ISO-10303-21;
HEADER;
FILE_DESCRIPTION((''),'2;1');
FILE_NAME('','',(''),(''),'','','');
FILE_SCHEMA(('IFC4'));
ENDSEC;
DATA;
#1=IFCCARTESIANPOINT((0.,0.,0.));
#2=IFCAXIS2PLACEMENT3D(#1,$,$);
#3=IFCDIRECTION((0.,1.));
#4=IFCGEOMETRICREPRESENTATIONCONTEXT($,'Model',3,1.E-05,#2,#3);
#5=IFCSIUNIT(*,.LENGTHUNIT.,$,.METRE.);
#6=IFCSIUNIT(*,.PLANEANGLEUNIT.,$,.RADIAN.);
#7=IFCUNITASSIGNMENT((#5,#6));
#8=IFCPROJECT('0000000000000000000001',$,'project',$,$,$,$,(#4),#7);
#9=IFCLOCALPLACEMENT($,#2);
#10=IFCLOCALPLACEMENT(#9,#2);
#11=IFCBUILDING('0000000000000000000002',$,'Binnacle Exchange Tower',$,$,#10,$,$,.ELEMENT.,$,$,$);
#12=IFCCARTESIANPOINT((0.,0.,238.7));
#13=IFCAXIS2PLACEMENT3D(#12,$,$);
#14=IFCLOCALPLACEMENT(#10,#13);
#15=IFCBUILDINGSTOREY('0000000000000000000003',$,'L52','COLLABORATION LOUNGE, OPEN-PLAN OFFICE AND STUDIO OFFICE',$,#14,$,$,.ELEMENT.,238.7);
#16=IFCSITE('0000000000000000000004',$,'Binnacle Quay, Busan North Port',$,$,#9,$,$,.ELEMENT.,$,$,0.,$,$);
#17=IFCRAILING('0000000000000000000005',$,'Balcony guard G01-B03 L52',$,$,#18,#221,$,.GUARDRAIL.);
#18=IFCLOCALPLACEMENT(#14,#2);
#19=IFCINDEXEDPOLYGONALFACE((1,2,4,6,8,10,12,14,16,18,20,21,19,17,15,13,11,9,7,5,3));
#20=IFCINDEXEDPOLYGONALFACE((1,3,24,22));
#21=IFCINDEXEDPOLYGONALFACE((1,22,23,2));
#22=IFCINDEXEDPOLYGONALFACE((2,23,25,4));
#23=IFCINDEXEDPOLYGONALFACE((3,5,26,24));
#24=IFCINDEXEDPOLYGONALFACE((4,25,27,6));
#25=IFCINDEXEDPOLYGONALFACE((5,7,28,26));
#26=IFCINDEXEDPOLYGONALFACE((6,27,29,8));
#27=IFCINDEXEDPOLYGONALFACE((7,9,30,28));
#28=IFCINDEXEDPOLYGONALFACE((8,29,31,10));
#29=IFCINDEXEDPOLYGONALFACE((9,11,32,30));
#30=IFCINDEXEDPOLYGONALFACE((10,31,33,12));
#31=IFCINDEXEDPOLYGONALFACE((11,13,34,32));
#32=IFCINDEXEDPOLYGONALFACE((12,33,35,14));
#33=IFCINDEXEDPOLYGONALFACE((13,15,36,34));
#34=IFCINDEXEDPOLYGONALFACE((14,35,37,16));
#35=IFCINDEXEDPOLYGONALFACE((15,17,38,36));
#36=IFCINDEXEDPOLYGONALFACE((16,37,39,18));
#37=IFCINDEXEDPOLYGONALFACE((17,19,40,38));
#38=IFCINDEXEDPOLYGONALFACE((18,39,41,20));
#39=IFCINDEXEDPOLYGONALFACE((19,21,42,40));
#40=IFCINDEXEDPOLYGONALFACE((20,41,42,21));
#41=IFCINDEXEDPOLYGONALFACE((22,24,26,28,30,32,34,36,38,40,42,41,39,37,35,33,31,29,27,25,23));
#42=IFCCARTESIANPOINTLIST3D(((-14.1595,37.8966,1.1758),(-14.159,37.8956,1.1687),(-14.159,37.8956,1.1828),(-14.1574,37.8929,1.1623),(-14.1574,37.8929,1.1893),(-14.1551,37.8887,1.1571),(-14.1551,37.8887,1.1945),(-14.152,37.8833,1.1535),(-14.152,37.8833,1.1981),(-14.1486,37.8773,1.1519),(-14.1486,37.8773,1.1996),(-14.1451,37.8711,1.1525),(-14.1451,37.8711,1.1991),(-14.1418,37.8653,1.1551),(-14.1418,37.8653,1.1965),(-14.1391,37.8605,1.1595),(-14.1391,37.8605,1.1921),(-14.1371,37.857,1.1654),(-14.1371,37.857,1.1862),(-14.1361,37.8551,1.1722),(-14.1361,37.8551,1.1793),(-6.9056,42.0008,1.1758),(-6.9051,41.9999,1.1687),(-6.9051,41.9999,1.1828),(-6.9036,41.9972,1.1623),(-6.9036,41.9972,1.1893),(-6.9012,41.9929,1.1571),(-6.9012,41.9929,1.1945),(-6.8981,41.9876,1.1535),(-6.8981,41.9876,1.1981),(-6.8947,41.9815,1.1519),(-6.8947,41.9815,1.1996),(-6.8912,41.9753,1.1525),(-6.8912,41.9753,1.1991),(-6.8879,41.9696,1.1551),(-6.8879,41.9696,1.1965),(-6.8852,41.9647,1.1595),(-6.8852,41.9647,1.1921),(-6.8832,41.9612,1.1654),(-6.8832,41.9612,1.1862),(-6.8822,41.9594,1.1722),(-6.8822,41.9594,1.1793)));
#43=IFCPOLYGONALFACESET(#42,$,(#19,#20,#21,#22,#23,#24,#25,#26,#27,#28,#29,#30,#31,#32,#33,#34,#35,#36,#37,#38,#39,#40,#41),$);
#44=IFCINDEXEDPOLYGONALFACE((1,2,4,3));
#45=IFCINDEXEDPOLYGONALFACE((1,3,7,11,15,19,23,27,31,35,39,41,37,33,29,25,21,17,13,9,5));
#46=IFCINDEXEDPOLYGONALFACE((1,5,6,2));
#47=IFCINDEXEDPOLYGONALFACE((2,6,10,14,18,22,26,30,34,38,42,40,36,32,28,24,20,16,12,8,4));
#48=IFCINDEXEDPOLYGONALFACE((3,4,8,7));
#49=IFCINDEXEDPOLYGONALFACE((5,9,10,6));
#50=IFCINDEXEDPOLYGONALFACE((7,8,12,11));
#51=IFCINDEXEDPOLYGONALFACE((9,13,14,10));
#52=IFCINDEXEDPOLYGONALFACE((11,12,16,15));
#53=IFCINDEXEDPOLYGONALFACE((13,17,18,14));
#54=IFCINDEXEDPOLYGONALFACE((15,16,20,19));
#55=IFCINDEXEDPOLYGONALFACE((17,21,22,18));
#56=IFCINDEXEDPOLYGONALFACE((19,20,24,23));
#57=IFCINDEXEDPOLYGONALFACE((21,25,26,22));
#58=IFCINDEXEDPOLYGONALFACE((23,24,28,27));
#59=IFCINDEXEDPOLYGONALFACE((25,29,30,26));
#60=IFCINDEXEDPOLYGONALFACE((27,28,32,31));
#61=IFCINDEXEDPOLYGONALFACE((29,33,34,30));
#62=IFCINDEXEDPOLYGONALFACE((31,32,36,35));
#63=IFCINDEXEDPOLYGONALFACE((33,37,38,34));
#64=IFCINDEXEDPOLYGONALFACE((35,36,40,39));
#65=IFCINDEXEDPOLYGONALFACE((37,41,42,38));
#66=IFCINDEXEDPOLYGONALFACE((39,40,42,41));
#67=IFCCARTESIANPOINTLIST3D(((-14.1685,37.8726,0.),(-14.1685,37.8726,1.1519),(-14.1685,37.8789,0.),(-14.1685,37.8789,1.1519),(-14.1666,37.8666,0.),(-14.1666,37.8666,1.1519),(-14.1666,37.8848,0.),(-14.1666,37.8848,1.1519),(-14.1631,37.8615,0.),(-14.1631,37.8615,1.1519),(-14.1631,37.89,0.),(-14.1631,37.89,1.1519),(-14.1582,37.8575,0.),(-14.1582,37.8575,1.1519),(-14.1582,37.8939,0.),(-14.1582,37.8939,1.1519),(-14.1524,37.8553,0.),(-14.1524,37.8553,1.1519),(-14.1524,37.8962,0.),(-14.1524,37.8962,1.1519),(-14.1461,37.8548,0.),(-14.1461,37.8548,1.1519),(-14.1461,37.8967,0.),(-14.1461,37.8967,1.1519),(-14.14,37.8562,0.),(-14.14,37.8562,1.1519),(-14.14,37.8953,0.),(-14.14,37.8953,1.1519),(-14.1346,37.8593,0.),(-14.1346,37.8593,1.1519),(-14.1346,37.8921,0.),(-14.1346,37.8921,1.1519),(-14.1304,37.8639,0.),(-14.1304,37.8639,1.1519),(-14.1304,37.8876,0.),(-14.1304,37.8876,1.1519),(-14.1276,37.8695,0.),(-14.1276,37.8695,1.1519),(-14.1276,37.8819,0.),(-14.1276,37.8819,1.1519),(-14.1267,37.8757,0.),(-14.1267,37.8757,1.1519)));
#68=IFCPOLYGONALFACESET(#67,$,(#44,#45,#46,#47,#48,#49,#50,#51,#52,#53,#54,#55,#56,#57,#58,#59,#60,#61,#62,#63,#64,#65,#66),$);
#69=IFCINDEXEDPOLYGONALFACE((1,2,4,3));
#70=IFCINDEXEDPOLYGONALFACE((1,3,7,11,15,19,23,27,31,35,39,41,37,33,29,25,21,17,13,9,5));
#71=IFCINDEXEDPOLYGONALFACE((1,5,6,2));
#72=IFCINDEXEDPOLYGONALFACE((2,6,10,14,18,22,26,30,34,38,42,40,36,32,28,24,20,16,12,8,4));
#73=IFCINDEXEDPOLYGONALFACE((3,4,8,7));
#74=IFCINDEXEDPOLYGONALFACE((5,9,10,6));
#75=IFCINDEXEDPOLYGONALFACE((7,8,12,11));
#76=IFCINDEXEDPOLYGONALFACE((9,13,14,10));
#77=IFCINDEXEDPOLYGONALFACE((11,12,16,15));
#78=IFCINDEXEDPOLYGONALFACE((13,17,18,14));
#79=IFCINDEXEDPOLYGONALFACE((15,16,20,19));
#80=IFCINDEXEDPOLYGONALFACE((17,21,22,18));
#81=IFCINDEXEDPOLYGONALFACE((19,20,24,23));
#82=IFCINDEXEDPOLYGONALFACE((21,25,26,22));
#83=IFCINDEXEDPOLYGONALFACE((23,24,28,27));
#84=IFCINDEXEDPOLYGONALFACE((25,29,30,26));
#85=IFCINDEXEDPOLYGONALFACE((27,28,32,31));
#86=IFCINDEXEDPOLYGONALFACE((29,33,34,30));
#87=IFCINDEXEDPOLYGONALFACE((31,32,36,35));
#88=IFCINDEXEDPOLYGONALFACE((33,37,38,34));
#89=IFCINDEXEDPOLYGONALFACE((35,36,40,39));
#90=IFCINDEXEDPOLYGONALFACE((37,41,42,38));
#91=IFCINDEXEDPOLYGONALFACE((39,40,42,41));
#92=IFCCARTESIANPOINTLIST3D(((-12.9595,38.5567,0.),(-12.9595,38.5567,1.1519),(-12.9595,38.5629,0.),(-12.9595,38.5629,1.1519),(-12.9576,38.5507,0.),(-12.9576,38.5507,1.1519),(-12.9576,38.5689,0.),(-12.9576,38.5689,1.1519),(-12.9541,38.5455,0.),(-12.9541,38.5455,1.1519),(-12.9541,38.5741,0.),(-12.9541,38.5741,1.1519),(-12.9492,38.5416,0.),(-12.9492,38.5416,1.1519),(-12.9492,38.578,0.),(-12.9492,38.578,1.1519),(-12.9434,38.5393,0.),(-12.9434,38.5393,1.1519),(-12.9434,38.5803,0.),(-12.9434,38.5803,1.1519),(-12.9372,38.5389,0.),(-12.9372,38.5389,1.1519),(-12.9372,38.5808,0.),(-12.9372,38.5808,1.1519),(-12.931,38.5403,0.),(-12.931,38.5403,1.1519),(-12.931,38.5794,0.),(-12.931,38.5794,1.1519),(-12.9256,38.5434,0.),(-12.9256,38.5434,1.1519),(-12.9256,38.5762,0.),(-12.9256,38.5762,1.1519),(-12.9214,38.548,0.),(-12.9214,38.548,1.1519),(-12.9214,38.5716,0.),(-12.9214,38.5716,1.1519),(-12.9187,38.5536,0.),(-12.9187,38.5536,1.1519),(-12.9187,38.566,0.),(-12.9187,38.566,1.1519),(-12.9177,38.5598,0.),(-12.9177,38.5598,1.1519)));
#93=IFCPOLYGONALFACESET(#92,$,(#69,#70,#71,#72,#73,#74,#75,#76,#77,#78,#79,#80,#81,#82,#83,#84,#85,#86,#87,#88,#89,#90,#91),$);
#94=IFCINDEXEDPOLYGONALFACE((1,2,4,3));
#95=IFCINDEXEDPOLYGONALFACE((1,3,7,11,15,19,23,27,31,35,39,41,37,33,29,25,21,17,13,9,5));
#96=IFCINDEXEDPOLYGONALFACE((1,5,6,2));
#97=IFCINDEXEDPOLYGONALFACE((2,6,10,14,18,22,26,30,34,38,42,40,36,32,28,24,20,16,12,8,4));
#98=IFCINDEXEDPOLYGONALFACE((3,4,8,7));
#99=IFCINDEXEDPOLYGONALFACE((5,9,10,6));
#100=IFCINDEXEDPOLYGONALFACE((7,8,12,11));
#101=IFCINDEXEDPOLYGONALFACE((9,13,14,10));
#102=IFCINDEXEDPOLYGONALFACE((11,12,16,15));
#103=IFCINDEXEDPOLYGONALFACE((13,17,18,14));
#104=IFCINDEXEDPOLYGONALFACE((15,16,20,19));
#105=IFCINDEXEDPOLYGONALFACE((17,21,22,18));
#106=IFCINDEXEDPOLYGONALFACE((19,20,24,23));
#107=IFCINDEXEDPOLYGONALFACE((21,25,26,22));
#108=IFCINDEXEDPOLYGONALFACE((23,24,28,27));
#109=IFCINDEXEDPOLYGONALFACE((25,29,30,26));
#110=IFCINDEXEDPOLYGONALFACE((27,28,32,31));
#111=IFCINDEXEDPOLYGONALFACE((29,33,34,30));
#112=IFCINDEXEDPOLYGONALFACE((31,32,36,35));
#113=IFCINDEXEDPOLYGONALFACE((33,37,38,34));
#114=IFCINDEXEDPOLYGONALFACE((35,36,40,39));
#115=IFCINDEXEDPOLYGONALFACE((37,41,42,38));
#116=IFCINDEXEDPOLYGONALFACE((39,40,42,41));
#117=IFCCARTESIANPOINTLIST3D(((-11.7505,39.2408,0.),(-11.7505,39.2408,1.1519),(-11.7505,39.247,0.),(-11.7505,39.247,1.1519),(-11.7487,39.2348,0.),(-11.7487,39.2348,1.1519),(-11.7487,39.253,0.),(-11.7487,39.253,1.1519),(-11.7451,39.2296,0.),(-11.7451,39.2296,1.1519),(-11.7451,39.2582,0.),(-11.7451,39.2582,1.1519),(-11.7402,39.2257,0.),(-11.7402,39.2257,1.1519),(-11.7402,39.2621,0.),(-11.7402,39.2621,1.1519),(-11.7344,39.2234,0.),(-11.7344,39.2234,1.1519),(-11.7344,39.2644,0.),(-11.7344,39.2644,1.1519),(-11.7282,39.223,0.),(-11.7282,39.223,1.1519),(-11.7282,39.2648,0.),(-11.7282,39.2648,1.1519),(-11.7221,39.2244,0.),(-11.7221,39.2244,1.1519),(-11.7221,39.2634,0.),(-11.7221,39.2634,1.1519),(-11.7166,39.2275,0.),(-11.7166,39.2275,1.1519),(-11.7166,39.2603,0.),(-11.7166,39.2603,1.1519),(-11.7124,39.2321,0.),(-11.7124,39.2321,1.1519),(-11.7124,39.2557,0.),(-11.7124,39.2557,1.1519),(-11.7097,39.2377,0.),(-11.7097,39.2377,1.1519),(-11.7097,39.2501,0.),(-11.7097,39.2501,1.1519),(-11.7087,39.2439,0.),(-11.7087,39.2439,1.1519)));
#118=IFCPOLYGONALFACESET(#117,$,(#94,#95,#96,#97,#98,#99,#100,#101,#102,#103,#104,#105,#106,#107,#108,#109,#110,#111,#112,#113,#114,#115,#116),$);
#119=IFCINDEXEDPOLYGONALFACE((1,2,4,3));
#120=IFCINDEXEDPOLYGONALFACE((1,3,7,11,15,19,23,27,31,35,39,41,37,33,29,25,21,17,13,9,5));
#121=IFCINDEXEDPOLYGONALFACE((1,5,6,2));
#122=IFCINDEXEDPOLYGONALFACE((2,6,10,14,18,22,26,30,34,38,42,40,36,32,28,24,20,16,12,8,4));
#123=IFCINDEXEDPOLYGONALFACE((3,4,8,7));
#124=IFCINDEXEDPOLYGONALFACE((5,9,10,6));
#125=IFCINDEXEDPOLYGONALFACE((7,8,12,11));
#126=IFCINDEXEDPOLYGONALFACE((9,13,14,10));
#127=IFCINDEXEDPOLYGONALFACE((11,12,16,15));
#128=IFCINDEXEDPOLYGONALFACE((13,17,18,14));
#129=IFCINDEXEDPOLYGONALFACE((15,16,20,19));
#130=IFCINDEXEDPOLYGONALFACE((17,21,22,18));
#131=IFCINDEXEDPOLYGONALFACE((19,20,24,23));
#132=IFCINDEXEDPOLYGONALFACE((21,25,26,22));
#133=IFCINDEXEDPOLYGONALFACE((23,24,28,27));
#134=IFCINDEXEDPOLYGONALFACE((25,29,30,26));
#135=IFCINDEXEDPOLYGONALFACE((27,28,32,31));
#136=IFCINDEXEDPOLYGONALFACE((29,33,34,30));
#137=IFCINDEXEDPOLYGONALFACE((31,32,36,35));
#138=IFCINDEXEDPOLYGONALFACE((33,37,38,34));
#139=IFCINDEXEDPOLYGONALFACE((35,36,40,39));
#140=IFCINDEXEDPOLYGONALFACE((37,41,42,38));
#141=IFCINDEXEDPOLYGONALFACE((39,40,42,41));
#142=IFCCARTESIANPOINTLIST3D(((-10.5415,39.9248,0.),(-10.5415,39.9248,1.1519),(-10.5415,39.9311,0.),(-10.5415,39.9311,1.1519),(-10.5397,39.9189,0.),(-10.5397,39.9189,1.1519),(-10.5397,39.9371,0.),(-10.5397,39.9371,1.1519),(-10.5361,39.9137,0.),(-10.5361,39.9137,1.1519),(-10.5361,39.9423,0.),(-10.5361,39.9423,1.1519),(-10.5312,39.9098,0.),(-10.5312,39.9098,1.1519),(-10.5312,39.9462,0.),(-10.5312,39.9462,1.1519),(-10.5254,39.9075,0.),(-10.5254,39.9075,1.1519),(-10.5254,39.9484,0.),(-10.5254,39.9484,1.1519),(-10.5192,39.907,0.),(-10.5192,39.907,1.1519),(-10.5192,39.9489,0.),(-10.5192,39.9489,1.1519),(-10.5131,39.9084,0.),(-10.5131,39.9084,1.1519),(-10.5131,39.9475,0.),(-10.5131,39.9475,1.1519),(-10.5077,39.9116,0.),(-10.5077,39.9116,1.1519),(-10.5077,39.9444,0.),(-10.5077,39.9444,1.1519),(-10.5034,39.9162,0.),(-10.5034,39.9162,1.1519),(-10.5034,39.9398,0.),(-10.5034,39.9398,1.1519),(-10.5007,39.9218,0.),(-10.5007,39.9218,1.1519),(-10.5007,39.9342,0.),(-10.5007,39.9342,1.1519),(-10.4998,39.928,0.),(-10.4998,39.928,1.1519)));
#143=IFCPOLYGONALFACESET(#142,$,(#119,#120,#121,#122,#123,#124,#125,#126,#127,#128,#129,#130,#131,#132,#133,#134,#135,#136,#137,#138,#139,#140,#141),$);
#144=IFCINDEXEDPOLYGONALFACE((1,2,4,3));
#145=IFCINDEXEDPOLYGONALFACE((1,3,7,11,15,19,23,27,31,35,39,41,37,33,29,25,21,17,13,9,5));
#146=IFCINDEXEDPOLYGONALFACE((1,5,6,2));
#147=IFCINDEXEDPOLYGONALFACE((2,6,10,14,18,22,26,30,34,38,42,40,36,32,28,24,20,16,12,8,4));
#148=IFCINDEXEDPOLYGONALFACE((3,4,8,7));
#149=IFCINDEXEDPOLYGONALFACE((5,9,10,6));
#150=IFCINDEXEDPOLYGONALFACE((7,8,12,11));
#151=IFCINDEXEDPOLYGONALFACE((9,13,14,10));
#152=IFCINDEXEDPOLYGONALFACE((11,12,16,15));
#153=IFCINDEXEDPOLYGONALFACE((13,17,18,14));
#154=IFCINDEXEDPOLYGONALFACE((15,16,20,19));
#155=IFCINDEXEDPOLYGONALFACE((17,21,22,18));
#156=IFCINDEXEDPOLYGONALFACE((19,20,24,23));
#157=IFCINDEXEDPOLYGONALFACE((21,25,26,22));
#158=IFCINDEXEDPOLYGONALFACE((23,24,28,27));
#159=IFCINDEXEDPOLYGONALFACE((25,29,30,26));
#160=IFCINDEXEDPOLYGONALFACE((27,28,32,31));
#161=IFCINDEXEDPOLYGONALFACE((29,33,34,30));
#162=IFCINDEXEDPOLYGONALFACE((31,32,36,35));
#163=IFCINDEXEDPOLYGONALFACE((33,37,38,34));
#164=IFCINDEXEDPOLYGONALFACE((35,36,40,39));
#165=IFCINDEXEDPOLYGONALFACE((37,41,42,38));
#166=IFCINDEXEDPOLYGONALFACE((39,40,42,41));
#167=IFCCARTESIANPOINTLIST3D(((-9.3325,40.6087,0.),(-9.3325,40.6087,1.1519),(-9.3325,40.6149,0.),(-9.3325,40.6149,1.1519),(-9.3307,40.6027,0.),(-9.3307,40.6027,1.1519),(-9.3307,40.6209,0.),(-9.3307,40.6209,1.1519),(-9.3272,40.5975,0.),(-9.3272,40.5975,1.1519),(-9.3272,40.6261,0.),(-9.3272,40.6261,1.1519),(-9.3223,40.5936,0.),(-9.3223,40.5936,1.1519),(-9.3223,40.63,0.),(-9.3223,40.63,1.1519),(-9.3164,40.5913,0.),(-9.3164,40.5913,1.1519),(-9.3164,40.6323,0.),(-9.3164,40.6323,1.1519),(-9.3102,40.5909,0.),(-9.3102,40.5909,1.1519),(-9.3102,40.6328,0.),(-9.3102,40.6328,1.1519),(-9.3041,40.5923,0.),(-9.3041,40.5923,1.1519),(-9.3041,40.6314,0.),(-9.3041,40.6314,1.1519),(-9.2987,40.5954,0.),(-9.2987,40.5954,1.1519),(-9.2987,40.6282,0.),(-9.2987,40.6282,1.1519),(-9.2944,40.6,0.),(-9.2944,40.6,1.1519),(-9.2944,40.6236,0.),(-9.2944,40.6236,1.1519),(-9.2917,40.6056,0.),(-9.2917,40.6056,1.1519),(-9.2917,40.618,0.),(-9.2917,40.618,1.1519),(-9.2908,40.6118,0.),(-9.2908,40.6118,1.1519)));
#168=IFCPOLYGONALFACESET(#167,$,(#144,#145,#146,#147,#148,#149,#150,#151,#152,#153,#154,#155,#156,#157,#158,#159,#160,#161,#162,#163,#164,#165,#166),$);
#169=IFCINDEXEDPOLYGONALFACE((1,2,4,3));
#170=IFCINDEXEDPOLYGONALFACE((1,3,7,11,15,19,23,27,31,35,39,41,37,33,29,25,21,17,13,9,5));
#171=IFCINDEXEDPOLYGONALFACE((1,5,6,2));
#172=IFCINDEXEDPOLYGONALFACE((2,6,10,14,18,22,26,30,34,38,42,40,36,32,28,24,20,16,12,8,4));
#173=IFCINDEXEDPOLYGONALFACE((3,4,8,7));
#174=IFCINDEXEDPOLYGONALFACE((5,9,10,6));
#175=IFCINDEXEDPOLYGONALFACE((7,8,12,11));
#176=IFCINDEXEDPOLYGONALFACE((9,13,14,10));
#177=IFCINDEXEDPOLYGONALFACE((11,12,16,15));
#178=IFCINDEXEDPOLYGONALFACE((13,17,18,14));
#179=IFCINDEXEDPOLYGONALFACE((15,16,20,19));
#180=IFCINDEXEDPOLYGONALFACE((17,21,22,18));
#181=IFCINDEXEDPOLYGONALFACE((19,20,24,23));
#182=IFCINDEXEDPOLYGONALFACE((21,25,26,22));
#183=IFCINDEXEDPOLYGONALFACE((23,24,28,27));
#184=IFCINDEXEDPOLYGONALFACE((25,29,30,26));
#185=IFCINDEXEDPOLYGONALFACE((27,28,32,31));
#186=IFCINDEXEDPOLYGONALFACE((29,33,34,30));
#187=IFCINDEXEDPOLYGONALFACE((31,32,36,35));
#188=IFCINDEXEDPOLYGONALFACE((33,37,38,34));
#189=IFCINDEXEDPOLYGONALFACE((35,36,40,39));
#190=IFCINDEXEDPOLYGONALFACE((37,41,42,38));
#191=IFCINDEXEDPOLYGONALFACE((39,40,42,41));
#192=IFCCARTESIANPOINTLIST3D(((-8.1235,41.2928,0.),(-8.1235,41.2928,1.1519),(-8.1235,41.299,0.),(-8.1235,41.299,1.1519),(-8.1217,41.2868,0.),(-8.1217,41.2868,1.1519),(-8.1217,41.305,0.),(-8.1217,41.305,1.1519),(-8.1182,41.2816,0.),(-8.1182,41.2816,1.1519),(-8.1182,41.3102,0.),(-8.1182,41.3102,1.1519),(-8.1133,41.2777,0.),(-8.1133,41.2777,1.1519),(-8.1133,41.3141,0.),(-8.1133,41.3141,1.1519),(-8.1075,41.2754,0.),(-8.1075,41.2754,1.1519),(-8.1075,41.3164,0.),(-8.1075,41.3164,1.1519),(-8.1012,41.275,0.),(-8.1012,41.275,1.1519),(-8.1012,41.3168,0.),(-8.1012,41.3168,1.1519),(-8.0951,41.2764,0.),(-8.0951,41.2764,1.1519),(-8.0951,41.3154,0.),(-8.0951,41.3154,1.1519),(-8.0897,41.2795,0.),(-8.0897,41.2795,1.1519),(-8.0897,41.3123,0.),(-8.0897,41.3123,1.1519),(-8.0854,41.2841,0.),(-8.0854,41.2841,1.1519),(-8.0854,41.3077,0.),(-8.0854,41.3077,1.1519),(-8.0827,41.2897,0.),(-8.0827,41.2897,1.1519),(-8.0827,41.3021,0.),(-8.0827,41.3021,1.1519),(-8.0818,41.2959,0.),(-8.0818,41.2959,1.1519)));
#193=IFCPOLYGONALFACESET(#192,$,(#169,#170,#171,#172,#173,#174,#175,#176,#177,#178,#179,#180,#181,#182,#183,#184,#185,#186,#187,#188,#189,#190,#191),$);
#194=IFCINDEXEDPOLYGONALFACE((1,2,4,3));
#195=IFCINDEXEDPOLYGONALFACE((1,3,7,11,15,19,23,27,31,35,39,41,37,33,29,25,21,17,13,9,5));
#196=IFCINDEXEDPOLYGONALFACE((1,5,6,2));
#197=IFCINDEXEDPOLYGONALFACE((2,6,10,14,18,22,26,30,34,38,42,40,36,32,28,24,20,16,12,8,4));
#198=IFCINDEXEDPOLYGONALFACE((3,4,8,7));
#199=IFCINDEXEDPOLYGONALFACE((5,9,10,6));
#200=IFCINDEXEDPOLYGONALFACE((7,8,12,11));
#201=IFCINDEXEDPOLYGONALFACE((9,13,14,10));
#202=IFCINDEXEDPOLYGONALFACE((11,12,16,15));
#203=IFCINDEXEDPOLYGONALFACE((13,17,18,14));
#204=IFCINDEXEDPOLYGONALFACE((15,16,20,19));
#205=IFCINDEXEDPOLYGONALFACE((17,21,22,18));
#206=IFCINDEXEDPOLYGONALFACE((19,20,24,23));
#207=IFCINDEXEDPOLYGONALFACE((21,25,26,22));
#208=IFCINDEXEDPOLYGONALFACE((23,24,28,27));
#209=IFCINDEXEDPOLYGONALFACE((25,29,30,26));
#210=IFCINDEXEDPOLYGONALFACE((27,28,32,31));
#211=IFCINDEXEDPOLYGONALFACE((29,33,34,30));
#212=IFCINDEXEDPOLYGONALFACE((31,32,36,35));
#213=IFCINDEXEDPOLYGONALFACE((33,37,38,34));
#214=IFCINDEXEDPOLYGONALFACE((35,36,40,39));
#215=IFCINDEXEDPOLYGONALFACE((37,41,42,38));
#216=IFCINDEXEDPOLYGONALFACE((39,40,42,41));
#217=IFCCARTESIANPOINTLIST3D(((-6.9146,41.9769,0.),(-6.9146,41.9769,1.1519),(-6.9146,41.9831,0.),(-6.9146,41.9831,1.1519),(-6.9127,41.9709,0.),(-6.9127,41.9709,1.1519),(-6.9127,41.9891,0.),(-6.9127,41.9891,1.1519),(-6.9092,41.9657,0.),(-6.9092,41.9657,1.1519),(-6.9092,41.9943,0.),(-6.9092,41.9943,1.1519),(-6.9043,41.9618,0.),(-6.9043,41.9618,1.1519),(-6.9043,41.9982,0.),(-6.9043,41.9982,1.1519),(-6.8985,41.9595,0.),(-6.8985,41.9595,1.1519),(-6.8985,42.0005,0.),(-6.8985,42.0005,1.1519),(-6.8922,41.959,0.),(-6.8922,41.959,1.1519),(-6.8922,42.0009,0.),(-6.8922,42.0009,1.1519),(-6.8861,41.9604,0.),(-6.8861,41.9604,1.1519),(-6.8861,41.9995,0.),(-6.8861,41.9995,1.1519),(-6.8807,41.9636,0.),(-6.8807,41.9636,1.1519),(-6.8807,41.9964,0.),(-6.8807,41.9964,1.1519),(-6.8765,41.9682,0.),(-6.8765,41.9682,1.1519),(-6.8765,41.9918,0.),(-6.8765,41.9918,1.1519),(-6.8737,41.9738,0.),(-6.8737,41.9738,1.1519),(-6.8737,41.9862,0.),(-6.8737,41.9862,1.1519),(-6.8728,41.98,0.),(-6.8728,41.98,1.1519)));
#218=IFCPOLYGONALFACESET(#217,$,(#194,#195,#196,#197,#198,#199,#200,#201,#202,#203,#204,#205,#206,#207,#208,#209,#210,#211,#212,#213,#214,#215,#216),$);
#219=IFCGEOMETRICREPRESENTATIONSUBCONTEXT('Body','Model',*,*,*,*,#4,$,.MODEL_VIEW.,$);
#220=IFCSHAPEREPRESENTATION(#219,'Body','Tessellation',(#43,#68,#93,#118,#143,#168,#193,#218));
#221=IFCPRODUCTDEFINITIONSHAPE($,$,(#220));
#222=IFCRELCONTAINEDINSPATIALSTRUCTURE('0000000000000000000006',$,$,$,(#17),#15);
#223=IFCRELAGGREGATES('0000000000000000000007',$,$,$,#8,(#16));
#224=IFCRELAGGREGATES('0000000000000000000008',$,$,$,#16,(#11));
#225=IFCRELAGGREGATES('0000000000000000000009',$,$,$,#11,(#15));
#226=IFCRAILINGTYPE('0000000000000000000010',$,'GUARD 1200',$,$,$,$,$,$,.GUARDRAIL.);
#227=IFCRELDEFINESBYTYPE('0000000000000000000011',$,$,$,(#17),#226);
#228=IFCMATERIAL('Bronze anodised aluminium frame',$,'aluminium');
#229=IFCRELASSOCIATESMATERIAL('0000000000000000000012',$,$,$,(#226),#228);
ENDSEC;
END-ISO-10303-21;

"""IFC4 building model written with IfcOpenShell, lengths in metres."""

from ifc_helpers import new_model, si_unit, direction, frame, origin, origin_2d, place, context, subcontext, project, spatial, circle, extrude, material, type_object, element, save


model = new_model("IFC4")

# Units and contexts
model_context = context("Model", 3, precision=1e-05, world=origin(), true_north=direction((0.0, 1.0)))
body_context = subcontext(model_context, "Body", "Model", "MODEL_VIEW")
ifc_project = project(units=[si_unit("LENGTHUNIT", "METRE"), si_unit("PLANEANGLEUNIT", "RADIAN")], contexts=[model_context])

# Site, building, storey
site_placement = place(None, origin())
site = spatial("IfcSite", under=ifc_project, at=site_placement, Name="Binnacle Quay, Busan North Port", CompositionType="ELEMENT", RefElevation=0.0)
building_placement = place(site_placement, origin())
building = spatial("IfcBuilding", under=site, at=building_placement, Name="Binnacle Exchange Tower", CompositionType="ELEMENT")
storey_placement = place(building_placement, frame((0.0, 0.0, 238.7)))
storey = spatial("IfcBuildingStorey", under=building, at=storey_placement, Name="L52", Description="COLLABORATION LOUNGE, OPEN-PLAN OFFICE AND STUDIO OFFICE", CompositionType="ELEMENT", Elevation=238.7)

# Railing
ifc_material_1 = material(Name="Bronze anodised aluminium frame", Category="aluminium")
railing_type = type_object("IfcRailingType", Name="GUARD 1200", PredefinedType="GUARDRAIL", material=ifc_material_1)
railing_1_placement = place(storey_placement, frame((-14.1477, 37.8757, 0.0)))
element("IfcRailing", 1, at=railing_1_placement, inside=storey, type_object=railing_type, Name="Balcony guard G01-B03 L52", PredefinedType="GUARDRAIL", context=body_context, shape_type="SweptSolid", body=[
    extrude(circle(Radius=0.0239, at=origin_2d()), frame((0.0, 0.0, 1.1758), z_axis=(0.870346, 0.49244, 0.0), x_axis=(-0.49244, 0.870346, 0.0)), (0.0, 0.0, 1.0), 8.3345),
    extrude(circle(Radius=0.021, at=origin_2d()), origin(), (0.0, 0.0, 1.0), 1.1519),
    extrude(circle(Radius=0.021, at=origin_2d()), frame((1.209, 0.6841, 0.0)), (0.0, 0.0, 1.0), 1.1519),
    extrude(circle(Radius=0.021, at=origin_2d()), frame((2.418, 1.3682, 0.0)), (0.0, 0.0, 1.0), 1.1519),
    extrude(circle(Radius=0.021, at=origin_2d()), frame((3.627, 2.0522, 0.0)), (0.0, 0.0, 1.0), 1.1519),
    extrude(circle(Radius=0.021, at=origin_2d()), frame((4.8359, 2.7361, 0.0)), (0.0, 0.0, 1.0), 1.1519),
    extrude(circle(Radius=0.021, at=origin_2d()), frame((6.0449, 3.4202, 0.0)), (0.0, 0.0, 1.0), 1.1519),
    extrude(circle(Radius=0.021, at=origin_2d()), frame((7.2539, 4.1042, 0.0)), (0.0, 0.0, 1.0), 1.1519),
])

save(model, "model.ifc")
